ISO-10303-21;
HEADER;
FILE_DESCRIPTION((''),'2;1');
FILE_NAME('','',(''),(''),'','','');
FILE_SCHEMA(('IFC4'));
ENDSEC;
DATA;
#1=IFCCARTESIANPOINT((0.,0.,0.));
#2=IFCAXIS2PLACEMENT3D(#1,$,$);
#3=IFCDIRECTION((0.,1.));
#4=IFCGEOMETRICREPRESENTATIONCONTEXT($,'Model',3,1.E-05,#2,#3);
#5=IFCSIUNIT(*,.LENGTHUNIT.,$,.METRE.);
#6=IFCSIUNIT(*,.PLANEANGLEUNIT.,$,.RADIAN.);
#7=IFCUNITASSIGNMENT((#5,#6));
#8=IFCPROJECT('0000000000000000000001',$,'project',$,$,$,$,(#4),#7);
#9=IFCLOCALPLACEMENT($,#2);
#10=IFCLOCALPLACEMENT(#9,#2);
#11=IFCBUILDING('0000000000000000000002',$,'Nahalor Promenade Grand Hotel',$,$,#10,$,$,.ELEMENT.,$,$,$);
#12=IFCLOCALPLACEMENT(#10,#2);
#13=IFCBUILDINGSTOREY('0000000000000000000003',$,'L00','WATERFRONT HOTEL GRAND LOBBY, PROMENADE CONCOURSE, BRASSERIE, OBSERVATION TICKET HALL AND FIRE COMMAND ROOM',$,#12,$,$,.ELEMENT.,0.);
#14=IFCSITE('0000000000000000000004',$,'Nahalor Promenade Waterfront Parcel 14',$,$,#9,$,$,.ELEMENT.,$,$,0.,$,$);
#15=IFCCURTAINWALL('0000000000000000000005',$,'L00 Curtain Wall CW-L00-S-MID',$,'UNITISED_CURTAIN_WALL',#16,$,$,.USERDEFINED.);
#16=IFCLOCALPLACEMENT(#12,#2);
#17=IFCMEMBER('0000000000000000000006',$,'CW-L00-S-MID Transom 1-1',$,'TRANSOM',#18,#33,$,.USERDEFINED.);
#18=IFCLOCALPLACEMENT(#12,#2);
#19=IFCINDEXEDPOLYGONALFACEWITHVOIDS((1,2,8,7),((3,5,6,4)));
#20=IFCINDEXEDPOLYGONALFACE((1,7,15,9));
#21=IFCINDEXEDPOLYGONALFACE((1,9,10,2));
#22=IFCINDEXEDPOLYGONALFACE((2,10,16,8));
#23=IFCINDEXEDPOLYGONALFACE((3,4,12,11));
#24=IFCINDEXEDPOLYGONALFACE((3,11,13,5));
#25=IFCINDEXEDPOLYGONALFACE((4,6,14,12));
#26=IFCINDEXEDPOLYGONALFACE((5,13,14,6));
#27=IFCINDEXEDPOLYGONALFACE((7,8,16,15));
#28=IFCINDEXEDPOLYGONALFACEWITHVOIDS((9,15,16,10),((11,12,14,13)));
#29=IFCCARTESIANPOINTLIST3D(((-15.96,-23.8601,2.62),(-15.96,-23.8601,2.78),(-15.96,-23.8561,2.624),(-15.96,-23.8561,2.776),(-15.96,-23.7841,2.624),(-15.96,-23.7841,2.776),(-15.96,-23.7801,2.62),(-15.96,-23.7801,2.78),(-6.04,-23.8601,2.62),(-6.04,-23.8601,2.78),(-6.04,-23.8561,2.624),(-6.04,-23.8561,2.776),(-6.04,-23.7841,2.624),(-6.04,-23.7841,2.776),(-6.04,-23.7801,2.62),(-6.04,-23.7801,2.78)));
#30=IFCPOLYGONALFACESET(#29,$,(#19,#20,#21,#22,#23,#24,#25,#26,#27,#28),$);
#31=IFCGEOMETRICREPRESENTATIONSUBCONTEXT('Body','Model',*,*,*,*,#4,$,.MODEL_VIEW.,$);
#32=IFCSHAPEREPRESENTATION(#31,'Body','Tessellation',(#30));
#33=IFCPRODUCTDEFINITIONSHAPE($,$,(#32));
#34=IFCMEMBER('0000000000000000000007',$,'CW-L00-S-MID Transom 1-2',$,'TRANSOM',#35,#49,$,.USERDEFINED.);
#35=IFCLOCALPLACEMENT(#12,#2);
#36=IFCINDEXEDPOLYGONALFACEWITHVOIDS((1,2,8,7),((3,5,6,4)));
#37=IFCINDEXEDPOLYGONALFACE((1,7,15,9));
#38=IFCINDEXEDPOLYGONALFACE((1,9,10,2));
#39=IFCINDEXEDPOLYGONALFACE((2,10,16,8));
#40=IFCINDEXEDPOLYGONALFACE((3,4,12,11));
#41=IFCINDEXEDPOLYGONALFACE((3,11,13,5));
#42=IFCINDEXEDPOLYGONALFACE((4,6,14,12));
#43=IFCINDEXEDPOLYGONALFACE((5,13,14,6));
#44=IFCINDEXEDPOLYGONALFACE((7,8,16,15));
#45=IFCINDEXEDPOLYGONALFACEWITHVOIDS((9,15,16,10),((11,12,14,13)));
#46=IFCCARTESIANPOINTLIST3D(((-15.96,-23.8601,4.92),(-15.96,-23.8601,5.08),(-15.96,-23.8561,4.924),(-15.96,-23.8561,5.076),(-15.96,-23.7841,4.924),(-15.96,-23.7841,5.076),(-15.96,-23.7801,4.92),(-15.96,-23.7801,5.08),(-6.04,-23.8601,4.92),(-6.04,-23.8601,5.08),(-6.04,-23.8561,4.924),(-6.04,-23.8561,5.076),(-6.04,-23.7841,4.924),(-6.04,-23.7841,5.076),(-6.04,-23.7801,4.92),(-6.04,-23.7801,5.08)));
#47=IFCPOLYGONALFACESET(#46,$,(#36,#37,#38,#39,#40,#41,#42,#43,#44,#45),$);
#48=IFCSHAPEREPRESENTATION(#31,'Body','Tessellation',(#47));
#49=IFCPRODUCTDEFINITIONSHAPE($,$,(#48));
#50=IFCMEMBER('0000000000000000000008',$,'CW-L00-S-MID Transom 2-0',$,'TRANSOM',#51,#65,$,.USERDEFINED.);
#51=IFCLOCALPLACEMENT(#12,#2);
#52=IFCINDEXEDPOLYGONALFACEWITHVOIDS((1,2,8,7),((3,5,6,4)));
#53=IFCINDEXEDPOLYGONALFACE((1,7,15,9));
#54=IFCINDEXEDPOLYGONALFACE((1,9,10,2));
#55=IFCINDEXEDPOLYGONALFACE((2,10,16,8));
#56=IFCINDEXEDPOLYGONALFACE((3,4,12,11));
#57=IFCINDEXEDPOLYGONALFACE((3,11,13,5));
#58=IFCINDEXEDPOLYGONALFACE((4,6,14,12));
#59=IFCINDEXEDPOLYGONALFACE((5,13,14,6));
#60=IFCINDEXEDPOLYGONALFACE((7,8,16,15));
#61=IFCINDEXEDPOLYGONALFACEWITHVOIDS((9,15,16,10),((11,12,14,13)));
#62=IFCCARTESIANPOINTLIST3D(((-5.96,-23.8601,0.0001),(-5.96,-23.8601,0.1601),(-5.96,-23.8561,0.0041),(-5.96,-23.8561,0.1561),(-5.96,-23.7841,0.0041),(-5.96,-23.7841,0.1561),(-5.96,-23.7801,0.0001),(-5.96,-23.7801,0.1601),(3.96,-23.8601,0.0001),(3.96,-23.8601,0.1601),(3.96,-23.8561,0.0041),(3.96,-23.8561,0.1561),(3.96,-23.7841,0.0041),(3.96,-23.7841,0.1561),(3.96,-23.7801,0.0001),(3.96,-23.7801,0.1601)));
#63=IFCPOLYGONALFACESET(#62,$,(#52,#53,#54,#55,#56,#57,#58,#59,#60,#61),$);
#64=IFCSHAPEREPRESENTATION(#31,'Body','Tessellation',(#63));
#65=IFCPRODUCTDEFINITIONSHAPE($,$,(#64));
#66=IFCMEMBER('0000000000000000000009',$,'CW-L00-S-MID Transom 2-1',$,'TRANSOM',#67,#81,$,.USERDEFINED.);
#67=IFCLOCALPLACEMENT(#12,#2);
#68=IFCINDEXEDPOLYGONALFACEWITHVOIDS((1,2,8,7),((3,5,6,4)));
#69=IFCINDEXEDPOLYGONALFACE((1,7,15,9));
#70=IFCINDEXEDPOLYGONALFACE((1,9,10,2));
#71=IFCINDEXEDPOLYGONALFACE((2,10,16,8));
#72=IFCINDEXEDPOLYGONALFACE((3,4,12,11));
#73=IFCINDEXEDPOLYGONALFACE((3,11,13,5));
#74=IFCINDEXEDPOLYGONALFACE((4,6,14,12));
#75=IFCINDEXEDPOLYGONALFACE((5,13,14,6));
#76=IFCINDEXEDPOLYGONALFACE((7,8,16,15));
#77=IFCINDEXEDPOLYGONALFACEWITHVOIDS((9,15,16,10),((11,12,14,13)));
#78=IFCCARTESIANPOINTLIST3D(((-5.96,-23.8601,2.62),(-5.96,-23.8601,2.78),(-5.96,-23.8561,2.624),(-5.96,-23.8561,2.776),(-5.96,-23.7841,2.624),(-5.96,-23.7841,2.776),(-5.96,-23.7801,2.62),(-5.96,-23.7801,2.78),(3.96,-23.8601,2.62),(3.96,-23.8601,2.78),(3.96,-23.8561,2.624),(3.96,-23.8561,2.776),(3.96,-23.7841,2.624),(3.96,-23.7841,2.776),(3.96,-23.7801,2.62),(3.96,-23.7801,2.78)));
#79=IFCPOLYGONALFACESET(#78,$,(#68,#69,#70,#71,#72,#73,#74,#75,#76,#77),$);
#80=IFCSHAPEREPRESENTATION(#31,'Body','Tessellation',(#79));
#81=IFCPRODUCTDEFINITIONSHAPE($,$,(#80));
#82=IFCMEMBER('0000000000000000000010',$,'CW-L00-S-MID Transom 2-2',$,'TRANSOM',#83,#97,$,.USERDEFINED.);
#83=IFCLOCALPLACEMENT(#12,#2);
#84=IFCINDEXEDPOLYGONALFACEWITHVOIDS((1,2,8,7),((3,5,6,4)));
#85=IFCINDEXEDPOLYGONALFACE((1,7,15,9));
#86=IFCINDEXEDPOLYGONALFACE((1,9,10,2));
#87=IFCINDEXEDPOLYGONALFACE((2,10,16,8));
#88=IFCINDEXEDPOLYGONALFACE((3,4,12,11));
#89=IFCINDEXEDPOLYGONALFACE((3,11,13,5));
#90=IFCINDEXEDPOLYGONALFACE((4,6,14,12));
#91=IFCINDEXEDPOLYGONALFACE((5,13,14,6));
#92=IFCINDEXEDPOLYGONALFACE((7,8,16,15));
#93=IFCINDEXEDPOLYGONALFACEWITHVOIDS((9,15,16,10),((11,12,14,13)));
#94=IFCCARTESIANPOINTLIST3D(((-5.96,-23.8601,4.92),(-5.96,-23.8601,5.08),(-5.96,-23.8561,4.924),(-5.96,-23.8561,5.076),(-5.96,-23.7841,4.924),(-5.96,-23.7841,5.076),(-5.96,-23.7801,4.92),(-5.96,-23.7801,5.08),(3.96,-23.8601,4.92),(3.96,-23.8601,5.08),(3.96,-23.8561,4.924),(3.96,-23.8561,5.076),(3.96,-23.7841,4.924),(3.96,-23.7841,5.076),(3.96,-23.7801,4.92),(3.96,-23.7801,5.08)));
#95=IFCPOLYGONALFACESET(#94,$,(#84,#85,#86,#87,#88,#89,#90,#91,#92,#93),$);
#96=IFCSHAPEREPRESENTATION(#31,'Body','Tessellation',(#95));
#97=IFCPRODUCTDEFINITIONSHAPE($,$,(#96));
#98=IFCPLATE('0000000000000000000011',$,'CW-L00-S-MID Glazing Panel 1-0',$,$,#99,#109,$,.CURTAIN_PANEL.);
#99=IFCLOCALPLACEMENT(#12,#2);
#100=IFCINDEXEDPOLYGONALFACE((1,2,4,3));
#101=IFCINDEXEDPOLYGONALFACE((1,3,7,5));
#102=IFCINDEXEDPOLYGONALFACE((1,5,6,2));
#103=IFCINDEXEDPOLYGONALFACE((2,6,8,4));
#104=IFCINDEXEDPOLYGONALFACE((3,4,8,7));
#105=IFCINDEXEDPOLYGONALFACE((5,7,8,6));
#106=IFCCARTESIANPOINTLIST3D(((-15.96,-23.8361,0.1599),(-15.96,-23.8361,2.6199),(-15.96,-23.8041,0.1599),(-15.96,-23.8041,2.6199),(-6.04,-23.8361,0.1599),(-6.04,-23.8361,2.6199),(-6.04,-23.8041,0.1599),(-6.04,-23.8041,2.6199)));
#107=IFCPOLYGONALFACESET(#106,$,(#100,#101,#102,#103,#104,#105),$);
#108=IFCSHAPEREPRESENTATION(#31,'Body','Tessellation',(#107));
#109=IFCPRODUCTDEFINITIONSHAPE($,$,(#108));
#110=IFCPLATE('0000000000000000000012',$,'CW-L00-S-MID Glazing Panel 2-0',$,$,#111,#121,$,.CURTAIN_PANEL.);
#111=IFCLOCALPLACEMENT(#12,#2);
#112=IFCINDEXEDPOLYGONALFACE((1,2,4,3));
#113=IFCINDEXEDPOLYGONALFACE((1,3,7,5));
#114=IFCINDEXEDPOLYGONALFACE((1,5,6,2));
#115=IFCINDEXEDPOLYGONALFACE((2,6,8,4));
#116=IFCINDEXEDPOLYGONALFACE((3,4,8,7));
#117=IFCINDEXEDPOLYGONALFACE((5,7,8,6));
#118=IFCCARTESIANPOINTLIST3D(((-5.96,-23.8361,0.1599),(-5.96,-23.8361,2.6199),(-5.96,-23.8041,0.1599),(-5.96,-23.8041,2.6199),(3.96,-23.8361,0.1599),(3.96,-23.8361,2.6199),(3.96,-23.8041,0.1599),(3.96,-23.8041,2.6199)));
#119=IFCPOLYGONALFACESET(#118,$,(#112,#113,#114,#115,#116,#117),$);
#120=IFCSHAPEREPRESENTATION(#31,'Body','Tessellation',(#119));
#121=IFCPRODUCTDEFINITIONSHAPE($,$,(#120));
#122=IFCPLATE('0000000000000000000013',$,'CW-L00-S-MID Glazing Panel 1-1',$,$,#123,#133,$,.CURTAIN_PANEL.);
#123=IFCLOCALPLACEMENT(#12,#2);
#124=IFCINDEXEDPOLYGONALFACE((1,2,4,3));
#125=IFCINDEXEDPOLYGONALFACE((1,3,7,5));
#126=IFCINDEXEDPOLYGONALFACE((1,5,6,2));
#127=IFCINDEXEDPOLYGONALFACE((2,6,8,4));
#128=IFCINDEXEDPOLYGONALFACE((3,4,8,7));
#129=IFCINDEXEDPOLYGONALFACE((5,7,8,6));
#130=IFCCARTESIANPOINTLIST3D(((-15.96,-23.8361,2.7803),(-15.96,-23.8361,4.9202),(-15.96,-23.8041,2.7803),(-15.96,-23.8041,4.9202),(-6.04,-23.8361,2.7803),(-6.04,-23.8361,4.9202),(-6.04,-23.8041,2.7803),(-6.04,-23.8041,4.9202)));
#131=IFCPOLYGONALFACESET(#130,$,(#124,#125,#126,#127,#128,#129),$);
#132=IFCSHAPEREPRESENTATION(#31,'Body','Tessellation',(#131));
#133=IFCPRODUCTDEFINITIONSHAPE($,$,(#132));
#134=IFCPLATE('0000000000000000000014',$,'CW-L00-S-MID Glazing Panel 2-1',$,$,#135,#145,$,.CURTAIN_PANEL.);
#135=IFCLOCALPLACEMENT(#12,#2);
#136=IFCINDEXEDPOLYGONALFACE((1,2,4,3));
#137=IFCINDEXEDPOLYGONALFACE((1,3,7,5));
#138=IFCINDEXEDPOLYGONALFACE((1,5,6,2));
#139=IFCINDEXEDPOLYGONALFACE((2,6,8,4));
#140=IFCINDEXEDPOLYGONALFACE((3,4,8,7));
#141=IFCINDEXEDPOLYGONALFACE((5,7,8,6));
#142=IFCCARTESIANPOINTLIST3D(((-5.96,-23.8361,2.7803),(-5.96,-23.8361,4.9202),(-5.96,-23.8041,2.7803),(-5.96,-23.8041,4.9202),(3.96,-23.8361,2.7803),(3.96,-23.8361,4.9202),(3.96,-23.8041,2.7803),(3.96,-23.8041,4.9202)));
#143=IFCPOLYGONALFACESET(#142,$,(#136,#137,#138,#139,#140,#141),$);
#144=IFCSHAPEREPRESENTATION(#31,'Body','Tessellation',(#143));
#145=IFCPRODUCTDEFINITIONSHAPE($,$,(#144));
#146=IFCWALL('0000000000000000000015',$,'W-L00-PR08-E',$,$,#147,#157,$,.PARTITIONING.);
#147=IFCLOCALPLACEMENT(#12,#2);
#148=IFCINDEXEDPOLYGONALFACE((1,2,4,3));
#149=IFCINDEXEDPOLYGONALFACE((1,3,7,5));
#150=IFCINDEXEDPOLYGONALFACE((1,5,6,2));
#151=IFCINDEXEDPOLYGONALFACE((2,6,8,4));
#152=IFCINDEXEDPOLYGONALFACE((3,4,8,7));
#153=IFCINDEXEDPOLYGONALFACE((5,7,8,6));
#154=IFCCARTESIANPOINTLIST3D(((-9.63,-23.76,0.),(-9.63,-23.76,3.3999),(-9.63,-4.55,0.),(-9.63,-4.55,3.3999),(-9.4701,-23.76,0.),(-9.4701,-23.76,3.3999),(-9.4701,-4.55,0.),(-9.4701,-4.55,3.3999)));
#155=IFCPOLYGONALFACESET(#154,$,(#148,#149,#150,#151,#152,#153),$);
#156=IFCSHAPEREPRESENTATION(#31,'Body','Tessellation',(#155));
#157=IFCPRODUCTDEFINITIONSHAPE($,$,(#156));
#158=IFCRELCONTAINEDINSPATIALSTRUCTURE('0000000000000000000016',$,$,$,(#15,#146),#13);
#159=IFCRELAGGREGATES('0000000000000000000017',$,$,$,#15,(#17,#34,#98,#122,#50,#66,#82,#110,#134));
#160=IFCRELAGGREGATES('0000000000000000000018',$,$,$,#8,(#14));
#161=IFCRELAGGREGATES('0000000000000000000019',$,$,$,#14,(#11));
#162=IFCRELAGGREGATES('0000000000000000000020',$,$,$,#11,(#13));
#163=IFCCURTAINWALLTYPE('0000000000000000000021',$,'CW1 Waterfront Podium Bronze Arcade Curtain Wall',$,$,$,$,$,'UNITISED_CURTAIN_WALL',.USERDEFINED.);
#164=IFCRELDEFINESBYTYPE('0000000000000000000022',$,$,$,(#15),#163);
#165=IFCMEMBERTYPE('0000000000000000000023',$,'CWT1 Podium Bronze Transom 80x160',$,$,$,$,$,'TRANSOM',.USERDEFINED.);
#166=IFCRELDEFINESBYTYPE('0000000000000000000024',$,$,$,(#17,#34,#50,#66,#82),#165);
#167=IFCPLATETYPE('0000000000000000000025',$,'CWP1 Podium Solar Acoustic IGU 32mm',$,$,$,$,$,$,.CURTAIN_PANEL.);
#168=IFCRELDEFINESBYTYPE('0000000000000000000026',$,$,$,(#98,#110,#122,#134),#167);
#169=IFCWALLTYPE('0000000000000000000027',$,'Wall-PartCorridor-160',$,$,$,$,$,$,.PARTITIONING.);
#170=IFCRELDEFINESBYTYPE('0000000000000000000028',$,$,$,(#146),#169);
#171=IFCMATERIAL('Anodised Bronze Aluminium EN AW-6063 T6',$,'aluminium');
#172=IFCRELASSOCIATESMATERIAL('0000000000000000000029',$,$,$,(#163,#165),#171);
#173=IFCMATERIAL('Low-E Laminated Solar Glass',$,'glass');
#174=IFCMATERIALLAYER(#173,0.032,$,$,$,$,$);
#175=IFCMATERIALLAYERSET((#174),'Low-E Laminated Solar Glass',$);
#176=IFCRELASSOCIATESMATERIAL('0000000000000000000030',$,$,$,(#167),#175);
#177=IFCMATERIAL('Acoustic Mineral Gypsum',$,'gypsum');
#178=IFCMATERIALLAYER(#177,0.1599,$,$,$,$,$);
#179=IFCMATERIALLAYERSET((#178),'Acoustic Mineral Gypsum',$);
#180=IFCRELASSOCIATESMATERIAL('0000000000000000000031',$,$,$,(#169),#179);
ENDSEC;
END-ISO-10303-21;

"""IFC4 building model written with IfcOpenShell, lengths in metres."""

from ifc_helpers import new_model, si_unit, direction, frame, frame_2d, origin, origin_2d, place, context, subcontext, project, spatial, rectangle, hollow_rectangle, extrude, source, transform, mapped, material, layer, layer_set, material_profile, profile_set, type_object, element, aggregate, save


model = new_model("IFC4")

# Units and contexts
model_context = context("Model", 3, precision=1e-05, world=origin(), true_north=direction((0.0, 1.0)))
body_context = subcontext(model_context, "Body", "Model", "MODEL_VIEW")
ifc_project = project(units=[si_unit("LENGTHUNIT", "METRE"), si_unit("PLANEANGLEUNIT", "RADIAN")], contexts=[model_context])

# Site, building, storey
site_placement = place(None, origin())
site = spatial("IfcSite", under=ifc_project, at=site_placement, Name="Nahalor Promenade Waterfront Parcel 14", CompositionType="ELEMENT", RefElevation=0.0)
building_placement = place(site_placement, origin())
building = spatial("IfcBuilding", under=site, at=building_placement, Name="Nahalor Promenade Grand Hotel", CompositionType="ELEMENT")
storey_placement = place(building_placement, origin())
storey = spatial("IfcBuildingStorey", under=building, at=storey_placement, Name="L00", Description="WATERFRONT HOTEL GRAND LOBBY, PROMENADE CONCOURSE, BRASSERIE, OBSERVATION TICKET HALL AND FIRE COMMAND ROOM", CompositionType="ELEMENT", Elevation=0.0)

# Curtain wall, members, plates
ifc_material_1 = material(Name="Anodised Bronze Aluminium EN AW-6063 T6", Category="aluminium")
curtain_wall_type = type_object("IfcCurtainWallType", Name="CW1 Waterfront Podium Bronze Arcade Curtain Wall", ElementType="UNITISED_CURTAIN_WALL", PredefinedType="USERDEFINED", material=ifc_material_1)
curtain_wall_placement = place(storey_placement, origin())
curtain_wall = element("IfcCurtainWall", 1, at=curtain_wall_placement, inside=storey, type_object=curtain_wall_type, Name="L00 Curtain Wall CW-L00-S-MID", ObjectType="UNITISED_CURTAIN_WALL", PredefinedType="USERDEFINED")
ifc_material_profile_1 = material_profile(ifc_material_1, hollow_rectangle(XDim=0.08, YDim=0.16, WallThickness=0.004, at=origin_2d()), Name="CWT 80x160x4")
ifc_profile_set_1 = profile_set([ifc_material_profile_1], Name="Anodised Bronze Aluminium EN AW-6063 T6")
member_type_1 = type_object("IfcMemberType", Name="CWT1 Podium Bronze Transom 80x160", ElementType="TRANSOM", PredefinedType="USERDEFINED", material=ifc_profile_set_1)
shared_shape_1 = source(origin(), body_context, "Body", "SweptSolid", [
    extrude(hollow_rectangle(XDim=0.08, YDim=0.16, WallThickness=0.004, at=origin_2d()), origin(), (0.0, 0.0, 1.0), 9.9199),
])
member_1_placement = place(storey_placement, frame((-15.96, -23.8201, 2.7), z_axis=(1.0, 0.0, 0.0), x_axis=(0.0, 1.0, 0.0)))
member_1 = element("IfcMember", 2, at=member_1_placement, type_object=member_type_1, Name="CW-L00-S-MID Transom 1-1", ObjectType="TRANSOM", PredefinedType="USERDEFINED", context=body_context, shape_type="MappedRepresentation", body=[
    mapped(shared_shape_1, transform((0.0, 0.0, 0.0), scale=1.0)),
])
member_2_placement = place(storey_placement, frame((-15.96, -23.8201, 5.0), z_axis=(1.0, 0.0, 0.0), x_axis=(0.0, 1.0, 0.0)))
member_2 = element("IfcMember", 3, at=member_2_placement, type_object=member_type_1, Name="CW-L00-S-MID Transom 1-2", ObjectType="TRANSOM", PredefinedType="USERDEFINED", context=body_context, shape_type="MappedRepresentation", body=[
    mapped(shared_shape_1, transform((0.0, 0.0, 0.0), scale=1.0)),
])
member_3_placement = place(storey_placement, frame((-5.96, -23.8201, 0.0801), z_axis=(1.0, 0.0, 0.0), x_axis=(0.0, 1.0, 0.0)))
member_3 = element("IfcMember", 4, at=member_3_placement, type_object=member_type_1, Name="CW-L00-S-MID Transom 2-0", ObjectType="TRANSOM", PredefinedType="USERDEFINED", context=body_context, shape_type="MappedRepresentation", body=[
    mapped(shared_shape_1, transform((0.0, 0.0, 0.0), scale=1.0)),
])
member_4_placement = place(storey_placement, frame((-5.96, -23.8201, 2.7), z_axis=(1.0, 0.0, 0.0), x_axis=(0.0, 1.0, 0.0)))
member_4 = element("IfcMember", 5, at=member_4_placement, type_object=member_type_1, Name="CW-L00-S-MID Transom 2-1", ObjectType="TRANSOM", PredefinedType="USERDEFINED", context=body_context, shape_type="MappedRepresentation", body=[
    mapped(shared_shape_1, transform((0.0, 0.0, 0.0), scale=1.0)),
])
member_5_placement = place(storey_placement, frame((-5.96, -23.8201, 5.0), z_axis=(1.0, 0.0, 0.0), x_axis=(0.0, 1.0, 0.0)))
member_5 = element("IfcMember", 6, at=member_5_placement, type_object=member_type_1, Name="CW-L00-S-MID Transom 2-2", ObjectType="TRANSOM", PredefinedType="USERDEFINED", context=body_context, shape_type="MappedRepresentation", body=[
    mapped(shared_shape_1, transform((0.0, 0.0, 0.0), scale=1.0)),
])
ifc_material_2 = material(Name="Low-E Laminated Solar Glass", Category="glass")
ifc_layer_1 = layer(ifc_material_2, 0.032)
ifc_layer_set_1 = layer_set([ifc_layer_1], Name="Low-E Laminated Solar Glass")
plate_type = type_object("IfcPlateType", Name="CWP1 Podium Solar Acoustic IGU 32mm", PredefinedType="CURTAIN_PANEL", material=ifc_layer_set_1)
shared_shape_2 = source(origin(), body_context, "Body", "SweptSolid", [
    extrude(rectangle(XDim=9.9199, YDim=0.032, at=origin_2d()), origin(), (0.0, 0.0, 1.0), 2.46),
])
plate_1_placement = place(storey_placement, frame((-11.0, -23.8201, 0.1599), z_axis=(0.0, 0.0, 1.0), x_axis=(1.0, 0.0, 0.0)))
plate_1 = element("IfcPlate", 7, at=plate_1_placement, type_object=plate_type, Name="CW-L00-S-MID Glazing Panel 1-0", PredefinedType="CURTAIN_PANEL", context=body_context, shape_type="MappedRepresentation", body=[
    mapped(shared_shape_2, transform((0.0, 0.0, 0.0), scale=1.0)),
])
plate_2_placement = place(storey_placement, frame((-1.0, -23.8201, 0.1599), z_axis=(0.0, 0.0, 1.0), x_axis=(1.0, 0.0, 0.0)))
plate_2 = element("IfcPlate", 8, at=plate_2_placement, type_object=plate_type, Name="CW-L00-S-MID Glazing Panel 2-0", PredefinedType="CURTAIN_PANEL", context=body_context, shape_type="MappedRepresentation", body=[
    mapped(shared_shape_2, transform((0.0, 0.0, 0.0), scale=1.0)),
])
shared_shape_3 = source(origin(), body_context, "Body", "SweptSolid", [
    extrude(rectangle(XDim=9.9199, YDim=0.032, at=origin_2d()), origin(), (0.0, 0.0, 1.0), 2.1399),
])
plate_3_placement = place(storey_placement, frame((-11.0, -23.8201, 2.7803), z_axis=(0.0, 0.0, 1.0), x_axis=(1.0, 0.0, 0.0)))
plate_3 = element("IfcPlate", 9, at=plate_3_placement, type_object=plate_type, Name="CW-L00-S-MID Glazing Panel 1-1", PredefinedType="CURTAIN_PANEL", context=body_context, shape_type="MappedRepresentation", body=[
    mapped(shared_shape_3, transform((0.0, 0.0, 0.0), scale=1.0)),
])
plate_4_placement = place(storey_placement, frame((-1.0, -23.8201, 2.7803), z_axis=(0.0, 0.0, 1.0), x_axis=(1.0, 0.0, 0.0)))
plate_4 = element("IfcPlate", 10, at=plate_4_placement, type_object=plate_type, Name="CW-L00-S-MID Glazing Panel 2-1", PredefinedType="CURTAIN_PANEL", context=body_context, shape_type="MappedRepresentation", body=[
    mapped(shared_shape_3, transform((0.0, 0.0, 0.0), scale=1.0)),
])
aggregate(curtain_wall, [member_1, member_2, plate_1, plate_3, member_3, member_4, member_5, plate_2, plate_4])

# Wall
ifc_material_3 = material(Name="Acoustic Mineral Gypsum", Category="gypsum")
ifc_layer_2 = layer(ifc_material_3, 0.1599)
ifc_layer_set_2 = layer_set([ifc_layer_2], Name="Acoustic Mineral Gypsum")
wall_type = type_object("IfcWallType", Name="Wall-PartCorridor-160", PredefinedType="PARTITIONING", material=ifc_layer_set_2)
shared_shape_4 = source(origin(), body_context, "Body", "SweptSolid", [
    extrude(rectangle(XDim=19.21, YDim=0.1599, at=frame_2d((9.605, 0.0))), origin(), (0.0, 0.0, 1.0), 3.3999),
])
wall_placement = place(storey_placement, frame((-9.55, -23.76, 0.0), z_axis=(0.0, 0.0, 1.0), x_axis=(0.0, 1.0, 0.0)))
element("IfcWall", 11, at=wall_placement, inside=storey, type_object=wall_type, Name="W-L00-PR08-E", PredefinedType="PARTITIONING", context=body_context, shape_type="MappedRepresentation", body=[
    mapped(shared_shape_4, transform((0.0, 0.0, 0.0), scale=1.0)),
])

save(model, "model.ifc")
